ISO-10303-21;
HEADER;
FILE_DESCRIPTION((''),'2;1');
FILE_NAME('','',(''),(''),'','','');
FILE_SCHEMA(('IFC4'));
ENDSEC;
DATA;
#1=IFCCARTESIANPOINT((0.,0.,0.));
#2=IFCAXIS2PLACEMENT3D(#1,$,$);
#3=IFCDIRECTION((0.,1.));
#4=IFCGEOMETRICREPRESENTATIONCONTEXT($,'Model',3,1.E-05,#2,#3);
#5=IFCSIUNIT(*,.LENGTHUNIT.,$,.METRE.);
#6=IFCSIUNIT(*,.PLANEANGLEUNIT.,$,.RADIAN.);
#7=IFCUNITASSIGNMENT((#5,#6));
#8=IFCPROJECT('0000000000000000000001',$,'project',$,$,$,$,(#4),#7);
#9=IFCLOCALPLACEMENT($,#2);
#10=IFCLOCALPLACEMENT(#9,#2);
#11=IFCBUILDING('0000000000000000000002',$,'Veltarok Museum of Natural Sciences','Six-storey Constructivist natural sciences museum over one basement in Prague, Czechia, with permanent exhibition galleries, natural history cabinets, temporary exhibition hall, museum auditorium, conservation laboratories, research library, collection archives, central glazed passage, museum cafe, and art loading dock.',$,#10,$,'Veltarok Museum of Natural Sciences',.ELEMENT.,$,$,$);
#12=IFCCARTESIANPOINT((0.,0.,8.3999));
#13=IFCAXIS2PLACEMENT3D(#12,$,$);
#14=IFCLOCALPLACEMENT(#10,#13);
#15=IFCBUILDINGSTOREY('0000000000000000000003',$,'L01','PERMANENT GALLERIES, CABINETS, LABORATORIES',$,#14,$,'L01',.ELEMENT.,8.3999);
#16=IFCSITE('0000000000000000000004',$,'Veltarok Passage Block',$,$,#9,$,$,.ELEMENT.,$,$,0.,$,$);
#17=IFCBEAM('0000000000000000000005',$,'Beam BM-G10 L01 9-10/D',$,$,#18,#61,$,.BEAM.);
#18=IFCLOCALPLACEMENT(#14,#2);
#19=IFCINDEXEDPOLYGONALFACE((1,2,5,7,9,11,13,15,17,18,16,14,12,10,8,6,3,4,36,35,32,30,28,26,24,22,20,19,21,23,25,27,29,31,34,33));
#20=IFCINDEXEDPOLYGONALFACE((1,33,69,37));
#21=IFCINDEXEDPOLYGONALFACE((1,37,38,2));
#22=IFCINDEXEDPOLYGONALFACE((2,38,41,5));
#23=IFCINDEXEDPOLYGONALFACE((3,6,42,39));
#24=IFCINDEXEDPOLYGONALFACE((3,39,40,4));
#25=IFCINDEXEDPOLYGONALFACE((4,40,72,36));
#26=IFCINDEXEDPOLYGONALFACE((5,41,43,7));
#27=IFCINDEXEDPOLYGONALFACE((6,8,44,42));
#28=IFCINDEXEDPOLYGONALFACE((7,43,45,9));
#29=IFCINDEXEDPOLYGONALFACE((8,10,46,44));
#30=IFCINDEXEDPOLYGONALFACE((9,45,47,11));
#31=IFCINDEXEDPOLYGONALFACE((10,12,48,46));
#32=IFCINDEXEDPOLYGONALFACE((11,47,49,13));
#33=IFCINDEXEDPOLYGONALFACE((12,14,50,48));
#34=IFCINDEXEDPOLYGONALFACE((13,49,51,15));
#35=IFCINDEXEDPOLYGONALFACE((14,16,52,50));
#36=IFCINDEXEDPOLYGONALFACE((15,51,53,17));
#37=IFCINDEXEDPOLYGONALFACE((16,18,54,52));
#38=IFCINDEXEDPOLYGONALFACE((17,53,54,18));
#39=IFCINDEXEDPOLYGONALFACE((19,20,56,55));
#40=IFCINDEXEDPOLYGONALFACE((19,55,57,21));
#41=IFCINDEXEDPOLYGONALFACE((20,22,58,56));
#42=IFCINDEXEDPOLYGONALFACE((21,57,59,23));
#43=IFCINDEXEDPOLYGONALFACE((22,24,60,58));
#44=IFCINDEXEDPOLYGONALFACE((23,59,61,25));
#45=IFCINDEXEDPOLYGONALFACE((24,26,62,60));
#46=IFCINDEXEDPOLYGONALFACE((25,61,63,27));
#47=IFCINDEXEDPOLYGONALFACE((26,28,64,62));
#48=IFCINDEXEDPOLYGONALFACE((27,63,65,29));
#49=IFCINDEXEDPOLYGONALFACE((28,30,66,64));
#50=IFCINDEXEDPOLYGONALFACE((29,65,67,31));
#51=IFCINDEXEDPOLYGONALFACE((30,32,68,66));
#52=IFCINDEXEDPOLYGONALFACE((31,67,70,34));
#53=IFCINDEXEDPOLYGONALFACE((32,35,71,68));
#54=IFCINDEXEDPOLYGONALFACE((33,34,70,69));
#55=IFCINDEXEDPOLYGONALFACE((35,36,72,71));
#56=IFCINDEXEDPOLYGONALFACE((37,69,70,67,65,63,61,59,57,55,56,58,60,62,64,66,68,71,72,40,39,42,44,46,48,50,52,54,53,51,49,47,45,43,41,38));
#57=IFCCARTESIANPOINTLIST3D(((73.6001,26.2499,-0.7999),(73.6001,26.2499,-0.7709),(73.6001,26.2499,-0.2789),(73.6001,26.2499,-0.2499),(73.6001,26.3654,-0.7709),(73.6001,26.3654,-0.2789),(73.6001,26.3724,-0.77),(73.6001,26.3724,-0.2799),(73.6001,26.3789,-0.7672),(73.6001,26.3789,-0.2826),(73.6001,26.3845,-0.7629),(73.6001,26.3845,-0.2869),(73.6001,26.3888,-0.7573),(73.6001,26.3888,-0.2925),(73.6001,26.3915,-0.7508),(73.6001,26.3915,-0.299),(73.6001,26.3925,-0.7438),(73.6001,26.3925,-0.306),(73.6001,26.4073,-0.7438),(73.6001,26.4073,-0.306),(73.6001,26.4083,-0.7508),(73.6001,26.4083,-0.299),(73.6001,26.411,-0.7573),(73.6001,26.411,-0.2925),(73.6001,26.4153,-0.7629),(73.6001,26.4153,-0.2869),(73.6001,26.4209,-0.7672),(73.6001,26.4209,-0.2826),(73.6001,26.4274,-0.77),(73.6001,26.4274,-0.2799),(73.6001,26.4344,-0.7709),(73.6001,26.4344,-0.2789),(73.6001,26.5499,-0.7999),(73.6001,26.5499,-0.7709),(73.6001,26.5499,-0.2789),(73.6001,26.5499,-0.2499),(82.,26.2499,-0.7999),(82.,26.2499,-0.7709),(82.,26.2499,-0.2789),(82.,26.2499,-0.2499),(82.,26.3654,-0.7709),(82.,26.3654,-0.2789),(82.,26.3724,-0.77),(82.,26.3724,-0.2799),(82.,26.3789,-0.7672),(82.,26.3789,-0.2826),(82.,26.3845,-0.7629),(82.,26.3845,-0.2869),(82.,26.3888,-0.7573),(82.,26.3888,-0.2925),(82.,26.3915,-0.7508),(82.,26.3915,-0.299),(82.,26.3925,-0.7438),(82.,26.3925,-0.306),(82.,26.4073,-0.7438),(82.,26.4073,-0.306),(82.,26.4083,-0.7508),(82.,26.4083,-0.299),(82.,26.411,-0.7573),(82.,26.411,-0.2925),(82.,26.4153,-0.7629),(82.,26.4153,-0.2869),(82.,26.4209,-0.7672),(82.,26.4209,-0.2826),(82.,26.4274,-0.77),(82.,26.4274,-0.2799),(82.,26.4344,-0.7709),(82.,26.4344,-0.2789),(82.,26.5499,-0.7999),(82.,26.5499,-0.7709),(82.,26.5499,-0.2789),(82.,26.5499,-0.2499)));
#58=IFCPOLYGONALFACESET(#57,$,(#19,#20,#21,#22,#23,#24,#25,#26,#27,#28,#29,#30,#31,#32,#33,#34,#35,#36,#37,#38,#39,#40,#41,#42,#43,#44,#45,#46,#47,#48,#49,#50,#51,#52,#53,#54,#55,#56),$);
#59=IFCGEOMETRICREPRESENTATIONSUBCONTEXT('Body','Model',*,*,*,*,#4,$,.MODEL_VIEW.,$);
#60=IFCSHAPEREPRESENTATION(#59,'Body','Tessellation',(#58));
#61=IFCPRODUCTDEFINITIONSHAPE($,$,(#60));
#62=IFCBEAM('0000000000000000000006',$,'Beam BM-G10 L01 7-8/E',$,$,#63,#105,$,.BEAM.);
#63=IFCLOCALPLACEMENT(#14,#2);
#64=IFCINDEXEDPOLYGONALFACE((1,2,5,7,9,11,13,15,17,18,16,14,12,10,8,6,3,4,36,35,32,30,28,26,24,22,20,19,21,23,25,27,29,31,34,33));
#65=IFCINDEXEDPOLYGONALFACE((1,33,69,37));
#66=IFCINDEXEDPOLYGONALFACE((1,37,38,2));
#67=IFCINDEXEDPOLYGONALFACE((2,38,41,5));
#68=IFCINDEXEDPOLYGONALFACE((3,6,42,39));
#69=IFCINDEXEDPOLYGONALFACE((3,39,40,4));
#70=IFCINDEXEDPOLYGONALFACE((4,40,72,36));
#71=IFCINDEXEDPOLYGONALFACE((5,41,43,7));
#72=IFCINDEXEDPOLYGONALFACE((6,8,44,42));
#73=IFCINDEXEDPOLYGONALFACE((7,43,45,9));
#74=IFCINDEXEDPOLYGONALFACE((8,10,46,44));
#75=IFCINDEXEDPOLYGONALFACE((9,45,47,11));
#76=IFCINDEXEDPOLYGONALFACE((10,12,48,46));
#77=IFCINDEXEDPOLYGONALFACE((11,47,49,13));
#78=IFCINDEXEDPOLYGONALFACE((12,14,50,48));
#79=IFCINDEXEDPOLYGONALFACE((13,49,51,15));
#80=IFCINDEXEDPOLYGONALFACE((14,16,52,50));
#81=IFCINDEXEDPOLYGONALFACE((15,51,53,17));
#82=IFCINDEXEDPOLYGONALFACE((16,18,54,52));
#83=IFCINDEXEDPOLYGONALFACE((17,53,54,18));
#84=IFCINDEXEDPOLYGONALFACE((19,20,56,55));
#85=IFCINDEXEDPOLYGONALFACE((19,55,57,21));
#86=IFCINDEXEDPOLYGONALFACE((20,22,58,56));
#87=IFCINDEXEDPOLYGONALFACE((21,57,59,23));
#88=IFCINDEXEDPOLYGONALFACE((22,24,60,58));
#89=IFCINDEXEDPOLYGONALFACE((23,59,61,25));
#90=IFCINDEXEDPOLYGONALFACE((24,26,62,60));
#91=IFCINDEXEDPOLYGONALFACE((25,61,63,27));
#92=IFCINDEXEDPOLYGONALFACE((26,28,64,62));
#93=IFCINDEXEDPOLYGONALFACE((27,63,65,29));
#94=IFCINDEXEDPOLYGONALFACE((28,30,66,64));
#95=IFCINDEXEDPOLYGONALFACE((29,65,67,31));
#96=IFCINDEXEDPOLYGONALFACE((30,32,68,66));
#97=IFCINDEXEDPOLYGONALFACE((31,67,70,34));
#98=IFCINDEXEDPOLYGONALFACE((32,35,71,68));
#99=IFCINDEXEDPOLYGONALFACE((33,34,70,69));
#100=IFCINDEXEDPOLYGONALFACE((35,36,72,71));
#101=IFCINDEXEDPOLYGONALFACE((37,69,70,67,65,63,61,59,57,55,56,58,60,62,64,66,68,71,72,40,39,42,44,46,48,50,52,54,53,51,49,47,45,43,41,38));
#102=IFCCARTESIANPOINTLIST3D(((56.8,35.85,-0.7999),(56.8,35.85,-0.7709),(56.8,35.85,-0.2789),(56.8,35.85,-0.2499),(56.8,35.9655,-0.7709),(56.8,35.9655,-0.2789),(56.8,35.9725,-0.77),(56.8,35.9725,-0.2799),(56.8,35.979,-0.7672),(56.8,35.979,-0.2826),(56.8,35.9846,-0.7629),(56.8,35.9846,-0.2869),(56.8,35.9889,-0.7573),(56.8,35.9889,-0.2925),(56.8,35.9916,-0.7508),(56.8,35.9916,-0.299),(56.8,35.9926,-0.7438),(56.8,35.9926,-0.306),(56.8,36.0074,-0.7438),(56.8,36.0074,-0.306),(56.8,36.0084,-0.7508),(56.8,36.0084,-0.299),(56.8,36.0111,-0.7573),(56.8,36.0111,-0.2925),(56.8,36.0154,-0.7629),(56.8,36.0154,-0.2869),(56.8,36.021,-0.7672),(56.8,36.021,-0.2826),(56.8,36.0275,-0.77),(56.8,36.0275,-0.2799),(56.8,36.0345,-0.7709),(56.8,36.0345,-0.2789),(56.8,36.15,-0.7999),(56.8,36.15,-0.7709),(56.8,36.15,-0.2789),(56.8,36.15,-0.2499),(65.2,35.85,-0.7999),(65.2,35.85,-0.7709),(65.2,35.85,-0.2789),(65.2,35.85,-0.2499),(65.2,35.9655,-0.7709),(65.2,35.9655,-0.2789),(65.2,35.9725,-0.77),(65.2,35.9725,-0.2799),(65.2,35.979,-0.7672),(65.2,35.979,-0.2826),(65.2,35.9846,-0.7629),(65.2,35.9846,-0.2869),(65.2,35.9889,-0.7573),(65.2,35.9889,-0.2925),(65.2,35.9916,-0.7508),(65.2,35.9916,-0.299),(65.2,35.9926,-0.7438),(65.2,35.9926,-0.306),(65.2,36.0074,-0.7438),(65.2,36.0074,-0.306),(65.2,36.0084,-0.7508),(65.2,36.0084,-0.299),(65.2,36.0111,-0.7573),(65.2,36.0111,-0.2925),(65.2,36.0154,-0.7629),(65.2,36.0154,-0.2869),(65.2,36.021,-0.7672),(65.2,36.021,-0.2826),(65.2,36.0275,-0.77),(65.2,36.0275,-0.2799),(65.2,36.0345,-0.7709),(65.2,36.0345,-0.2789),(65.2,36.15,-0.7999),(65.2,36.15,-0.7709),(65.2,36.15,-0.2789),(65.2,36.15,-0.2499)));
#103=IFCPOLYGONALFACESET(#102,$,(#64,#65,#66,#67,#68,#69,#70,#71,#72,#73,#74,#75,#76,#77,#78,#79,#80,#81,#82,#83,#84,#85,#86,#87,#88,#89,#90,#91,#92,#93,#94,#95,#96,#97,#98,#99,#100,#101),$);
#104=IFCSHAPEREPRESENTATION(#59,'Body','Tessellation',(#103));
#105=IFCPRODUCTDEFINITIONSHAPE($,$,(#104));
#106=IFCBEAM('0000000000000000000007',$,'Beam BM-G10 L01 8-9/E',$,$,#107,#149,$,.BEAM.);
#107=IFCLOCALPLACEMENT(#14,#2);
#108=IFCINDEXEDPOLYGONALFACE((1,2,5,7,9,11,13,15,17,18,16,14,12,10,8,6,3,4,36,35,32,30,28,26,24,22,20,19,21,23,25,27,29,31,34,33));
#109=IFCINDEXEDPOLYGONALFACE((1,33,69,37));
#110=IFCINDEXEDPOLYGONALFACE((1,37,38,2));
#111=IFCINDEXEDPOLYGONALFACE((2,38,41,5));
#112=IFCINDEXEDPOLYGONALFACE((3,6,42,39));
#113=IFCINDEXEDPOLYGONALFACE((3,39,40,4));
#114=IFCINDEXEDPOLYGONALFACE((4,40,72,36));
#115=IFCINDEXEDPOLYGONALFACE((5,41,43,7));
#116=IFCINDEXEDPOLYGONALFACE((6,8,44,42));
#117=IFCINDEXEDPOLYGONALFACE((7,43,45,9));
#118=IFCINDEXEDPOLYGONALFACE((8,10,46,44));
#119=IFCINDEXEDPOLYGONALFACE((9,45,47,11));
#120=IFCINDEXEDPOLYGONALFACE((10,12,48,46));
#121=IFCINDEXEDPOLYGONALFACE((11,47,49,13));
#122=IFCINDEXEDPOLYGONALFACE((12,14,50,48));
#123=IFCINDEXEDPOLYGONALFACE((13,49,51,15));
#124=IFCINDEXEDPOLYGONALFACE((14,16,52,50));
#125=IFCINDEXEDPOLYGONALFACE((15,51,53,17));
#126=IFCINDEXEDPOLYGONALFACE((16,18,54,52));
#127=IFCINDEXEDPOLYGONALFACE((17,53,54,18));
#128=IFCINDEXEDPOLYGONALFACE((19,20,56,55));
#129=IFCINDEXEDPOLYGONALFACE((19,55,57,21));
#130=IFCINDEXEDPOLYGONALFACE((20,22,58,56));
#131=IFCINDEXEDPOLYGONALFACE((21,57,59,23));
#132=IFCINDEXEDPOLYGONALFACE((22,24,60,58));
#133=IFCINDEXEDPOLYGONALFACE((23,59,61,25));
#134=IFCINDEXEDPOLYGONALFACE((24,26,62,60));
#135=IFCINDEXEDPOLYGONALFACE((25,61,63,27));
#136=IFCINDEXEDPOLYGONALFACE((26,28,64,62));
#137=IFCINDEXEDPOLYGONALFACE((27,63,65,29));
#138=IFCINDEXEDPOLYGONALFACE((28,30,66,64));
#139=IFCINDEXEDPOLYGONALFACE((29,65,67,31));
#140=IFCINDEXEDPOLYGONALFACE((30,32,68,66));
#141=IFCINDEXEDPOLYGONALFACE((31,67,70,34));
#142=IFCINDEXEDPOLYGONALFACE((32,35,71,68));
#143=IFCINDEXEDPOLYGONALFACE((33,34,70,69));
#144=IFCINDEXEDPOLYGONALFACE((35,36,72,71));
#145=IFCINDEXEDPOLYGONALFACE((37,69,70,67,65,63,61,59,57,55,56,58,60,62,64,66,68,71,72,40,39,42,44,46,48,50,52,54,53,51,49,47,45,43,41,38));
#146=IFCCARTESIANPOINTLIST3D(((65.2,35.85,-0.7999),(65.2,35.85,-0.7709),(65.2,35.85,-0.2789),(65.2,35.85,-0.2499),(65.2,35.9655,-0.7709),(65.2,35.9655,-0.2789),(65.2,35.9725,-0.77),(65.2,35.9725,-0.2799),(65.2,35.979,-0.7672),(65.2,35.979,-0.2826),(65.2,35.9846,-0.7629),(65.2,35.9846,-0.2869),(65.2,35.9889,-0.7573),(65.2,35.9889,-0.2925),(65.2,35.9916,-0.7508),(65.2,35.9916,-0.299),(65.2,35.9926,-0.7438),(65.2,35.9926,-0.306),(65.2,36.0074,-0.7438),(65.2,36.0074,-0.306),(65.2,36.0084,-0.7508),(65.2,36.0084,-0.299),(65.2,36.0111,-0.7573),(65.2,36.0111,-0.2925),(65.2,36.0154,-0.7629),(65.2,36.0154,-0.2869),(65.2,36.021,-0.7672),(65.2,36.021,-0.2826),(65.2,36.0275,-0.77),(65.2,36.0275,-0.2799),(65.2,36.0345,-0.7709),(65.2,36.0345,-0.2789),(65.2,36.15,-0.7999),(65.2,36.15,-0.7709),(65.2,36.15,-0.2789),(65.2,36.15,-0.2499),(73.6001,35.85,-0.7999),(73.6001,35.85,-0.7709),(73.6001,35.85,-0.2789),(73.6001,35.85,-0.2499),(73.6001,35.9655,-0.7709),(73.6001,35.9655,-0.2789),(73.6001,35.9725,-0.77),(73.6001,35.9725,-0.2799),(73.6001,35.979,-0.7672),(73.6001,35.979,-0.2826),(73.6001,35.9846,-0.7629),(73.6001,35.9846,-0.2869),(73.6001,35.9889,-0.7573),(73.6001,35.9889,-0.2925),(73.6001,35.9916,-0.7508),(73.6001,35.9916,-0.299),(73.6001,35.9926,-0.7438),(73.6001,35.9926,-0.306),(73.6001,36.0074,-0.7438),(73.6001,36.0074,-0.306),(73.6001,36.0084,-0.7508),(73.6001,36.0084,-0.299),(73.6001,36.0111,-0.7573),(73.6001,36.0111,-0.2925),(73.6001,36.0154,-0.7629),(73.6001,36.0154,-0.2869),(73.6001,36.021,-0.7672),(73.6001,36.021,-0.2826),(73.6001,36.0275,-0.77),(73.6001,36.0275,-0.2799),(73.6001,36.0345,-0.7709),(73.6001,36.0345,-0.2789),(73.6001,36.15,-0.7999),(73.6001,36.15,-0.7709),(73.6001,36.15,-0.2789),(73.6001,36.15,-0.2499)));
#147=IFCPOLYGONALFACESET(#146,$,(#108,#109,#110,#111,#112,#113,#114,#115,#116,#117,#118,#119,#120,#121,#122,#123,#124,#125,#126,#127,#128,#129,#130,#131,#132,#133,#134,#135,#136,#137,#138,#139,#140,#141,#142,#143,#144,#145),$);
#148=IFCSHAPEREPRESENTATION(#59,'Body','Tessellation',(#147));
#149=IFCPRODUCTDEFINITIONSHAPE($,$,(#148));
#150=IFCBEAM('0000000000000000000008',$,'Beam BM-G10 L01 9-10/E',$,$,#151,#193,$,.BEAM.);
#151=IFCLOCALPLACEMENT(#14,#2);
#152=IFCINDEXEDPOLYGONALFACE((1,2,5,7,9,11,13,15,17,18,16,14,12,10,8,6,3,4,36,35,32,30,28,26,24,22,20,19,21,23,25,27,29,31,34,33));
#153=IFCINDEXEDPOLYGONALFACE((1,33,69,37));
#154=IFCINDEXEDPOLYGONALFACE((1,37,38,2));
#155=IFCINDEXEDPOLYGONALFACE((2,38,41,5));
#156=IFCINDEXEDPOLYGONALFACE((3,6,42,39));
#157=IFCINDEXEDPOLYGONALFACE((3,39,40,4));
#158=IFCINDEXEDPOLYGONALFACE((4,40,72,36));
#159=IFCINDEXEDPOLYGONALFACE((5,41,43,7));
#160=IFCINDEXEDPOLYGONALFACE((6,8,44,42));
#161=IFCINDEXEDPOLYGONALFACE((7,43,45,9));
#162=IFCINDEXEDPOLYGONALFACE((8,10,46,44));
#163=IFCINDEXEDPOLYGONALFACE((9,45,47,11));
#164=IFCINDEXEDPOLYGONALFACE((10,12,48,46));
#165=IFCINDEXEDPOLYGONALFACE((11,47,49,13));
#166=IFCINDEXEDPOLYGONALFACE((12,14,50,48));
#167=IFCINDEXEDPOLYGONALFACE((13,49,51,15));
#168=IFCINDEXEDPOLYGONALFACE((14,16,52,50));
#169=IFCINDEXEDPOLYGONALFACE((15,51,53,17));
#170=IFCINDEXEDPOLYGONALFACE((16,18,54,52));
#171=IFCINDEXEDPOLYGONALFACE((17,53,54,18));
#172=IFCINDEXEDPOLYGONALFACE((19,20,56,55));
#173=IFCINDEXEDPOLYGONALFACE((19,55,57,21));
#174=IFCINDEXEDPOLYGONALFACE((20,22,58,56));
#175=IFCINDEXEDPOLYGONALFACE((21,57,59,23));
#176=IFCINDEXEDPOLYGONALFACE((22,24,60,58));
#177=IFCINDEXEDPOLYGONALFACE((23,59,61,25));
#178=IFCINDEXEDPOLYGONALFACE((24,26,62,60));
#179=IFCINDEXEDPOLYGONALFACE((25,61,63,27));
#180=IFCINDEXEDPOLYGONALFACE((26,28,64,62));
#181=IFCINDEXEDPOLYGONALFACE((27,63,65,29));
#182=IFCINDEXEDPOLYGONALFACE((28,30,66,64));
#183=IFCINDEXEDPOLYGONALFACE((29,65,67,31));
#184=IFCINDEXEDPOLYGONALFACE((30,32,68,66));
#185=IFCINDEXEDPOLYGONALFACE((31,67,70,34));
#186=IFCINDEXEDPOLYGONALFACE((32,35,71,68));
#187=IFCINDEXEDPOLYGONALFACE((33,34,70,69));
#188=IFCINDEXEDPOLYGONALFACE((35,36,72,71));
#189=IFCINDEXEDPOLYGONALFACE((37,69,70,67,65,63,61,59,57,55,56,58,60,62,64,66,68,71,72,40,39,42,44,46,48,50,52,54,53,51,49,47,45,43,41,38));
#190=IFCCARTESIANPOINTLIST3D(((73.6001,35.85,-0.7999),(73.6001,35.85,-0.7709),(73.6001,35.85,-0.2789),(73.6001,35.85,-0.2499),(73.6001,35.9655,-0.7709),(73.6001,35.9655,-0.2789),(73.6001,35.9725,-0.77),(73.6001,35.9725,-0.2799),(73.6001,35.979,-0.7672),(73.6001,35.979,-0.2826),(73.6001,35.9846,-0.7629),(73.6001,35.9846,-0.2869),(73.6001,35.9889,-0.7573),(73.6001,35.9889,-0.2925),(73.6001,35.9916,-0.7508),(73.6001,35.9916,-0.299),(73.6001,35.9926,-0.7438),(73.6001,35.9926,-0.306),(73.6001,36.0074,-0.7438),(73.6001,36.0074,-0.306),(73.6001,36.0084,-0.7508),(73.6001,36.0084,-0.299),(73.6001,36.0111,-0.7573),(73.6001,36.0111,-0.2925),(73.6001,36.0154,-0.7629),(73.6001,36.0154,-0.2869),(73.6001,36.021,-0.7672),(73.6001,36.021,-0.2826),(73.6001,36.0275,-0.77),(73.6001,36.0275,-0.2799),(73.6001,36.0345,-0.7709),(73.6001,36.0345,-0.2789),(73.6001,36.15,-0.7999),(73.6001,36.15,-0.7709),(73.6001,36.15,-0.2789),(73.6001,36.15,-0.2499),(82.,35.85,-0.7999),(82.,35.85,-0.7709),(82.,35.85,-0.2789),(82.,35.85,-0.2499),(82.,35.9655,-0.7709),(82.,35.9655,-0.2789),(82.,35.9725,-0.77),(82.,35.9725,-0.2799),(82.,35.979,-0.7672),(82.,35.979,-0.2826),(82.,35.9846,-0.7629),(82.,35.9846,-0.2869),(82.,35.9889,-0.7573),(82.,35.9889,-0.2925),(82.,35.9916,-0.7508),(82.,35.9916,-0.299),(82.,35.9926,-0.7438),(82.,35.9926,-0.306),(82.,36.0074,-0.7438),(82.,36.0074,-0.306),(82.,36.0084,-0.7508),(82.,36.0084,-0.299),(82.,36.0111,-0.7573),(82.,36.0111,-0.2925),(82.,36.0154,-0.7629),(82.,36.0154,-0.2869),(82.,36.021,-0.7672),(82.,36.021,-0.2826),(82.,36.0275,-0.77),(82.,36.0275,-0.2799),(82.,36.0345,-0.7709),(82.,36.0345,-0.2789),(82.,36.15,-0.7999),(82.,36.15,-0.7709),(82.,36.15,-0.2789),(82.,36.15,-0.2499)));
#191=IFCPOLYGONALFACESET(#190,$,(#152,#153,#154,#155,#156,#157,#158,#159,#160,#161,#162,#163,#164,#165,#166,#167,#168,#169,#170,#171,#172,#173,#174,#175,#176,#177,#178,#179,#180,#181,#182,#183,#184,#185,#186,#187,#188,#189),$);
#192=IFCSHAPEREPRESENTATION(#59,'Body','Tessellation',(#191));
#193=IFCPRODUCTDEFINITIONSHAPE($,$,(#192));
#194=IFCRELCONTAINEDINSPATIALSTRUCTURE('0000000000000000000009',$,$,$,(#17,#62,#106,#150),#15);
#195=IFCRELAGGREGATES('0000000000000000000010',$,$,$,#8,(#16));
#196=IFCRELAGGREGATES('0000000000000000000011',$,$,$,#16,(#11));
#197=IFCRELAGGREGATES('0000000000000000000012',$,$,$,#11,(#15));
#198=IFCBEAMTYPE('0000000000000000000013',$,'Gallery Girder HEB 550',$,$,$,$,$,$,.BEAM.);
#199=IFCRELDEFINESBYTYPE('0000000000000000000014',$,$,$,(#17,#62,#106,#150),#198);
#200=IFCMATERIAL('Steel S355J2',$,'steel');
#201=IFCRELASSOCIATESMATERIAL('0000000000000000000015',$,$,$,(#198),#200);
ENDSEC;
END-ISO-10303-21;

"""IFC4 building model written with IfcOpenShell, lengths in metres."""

from ifc_helpers import new_model, si_unit, direction, frame, origin, origin_2d, place, context, subcontext, project, spatial, i_section, extrude, material, material_profile, profile_set, type_object, element, save


model = new_model("IFC4")

# Units and contexts
model_context = context("Model", 3, precision=1e-05, world=origin(), true_north=direction((0.0, 1.0)))
body_context = subcontext(model_context, "Body", "Model", "MODEL_VIEW")
ifc_project = project(units=[si_unit("LENGTHUNIT", "METRE"), si_unit("PLANEANGLEUNIT", "RADIAN")], contexts=[model_context])

# Site, building, storey
site_placement = place(None, origin())
site = spatial("IfcSite", under=ifc_project, at=site_placement, Name="Veltarok Passage Block", CompositionType="ELEMENT", RefElevation=0.0)
building_placement = place(site_placement, origin())
building = spatial("IfcBuilding", under=site, at=building_placement, Name="Veltarok Museum of Natural Sciences", Description="Six-storey Constructivist natural sciences museum over one basement in Prague, Czechia, with permanent exhibition galleries, natural history cabinets, temporary exhibition hall, museum auditorium, conservation laboratories, research library, collection archives, central glazed passage, museum cafe, and art loading dock.", LongName="Veltarok Museum of Natural Sciences", CompositionType="ELEMENT")
storey_placement = place(building_placement, frame((0.0, 0.0, 8.3999)))
storey = spatial("IfcBuildingStorey", under=building, at=storey_placement, Name="L01", Description="PERMANENT GALLERIES, CABINETS, LABORATORIES", LongName="L01", CompositionType="ELEMENT", Elevation=8.3999)

# Shared definitions
ifc_material = material(Name="Steel S355J2", Category="steel")

# Beams
ifc_material_profile_1 = material_profile(ifc_material, i_section(OverallWidth=0.3, OverallDepth=0.55, WebThickness=0.0149, FlangeThickness=0.0291, FilletRadius=0.0271, at=origin_2d()), Name="HEB 550")
ifc_profile_set_1 = profile_set([ifc_material_profile_1], Name="Steel S355J2")
beam_type_1 = type_object("IfcBeamType", Name="Gallery Girder HEB 550", PredefinedType="BEAM", material=ifc_profile_set_1)
for number, where, z_axis, x_axis, name in (
    (1, (73.6001, 26.3999, -0.5249), (1.0, 0.0, 0.0), (0.0, 1.0, 0.0), "Beam BM-G10 L01 9-10/D"),
    (2, (56.8, 36.0, -0.5249), (1.0, 0.0, 0.0), (0.0, 1.0, 0.0), "Beam BM-G10 L01 7-8/E"),
):
    element("IfcBeam", number, at=place(storey_placement, frame(where, z_axis=z_axis, x_axis=x_axis)), inside=storey, type_object=beam_type_1, Name=name, PredefinedType="BEAM", context=body_context, shape_type="SweptSolid", body=[
        extrude(i_section(OverallWidth=0.3, OverallDepth=0.55, WebThickness=0.0149, FlangeThickness=0.0291, FilletRadius=0.0271, at=origin_2d()), origin(), (0.0, 0.0, 1.0), 8.3999),
    ])
beam_1_placement = place(storey_placement, frame((65.2, 36.0, -0.5249), z_axis=(1.0, 0.0, 0.0), x_axis=(0.0, 1.0, 0.0)))
element("IfcBeam", 3, at=beam_1_placement, inside=storey, type_object=beam_type_1, Name="Beam BM-G10 L01 8-9/E", PredefinedType="BEAM", context=body_context, shape_type="SweptSolid", body=[
    extrude(i_section(OverallWidth=0.3, OverallDepth=0.55, WebThickness=0.0149, FlangeThickness=0.0291, FilletRadius=0.0271, at=origin_2d()), origin(), (0.0, 0.0, 1.0), 8.4001),
])
beam_2_placement = place(storey_placement, frame((73.6001, 36.0, -0.5249), z_axis=(1.0, 0.0, 0.0), x_axis=(0.0, 1.0, 0.0)))
element("IfcBeam", 4, at=beam_2_placement, inside=storey, type_object=beam_type_1, Name="Beam BM-G10 L01 9-10/E", PredefinedType="BEAM", context=body_context, shape_type="SweptSolid", body=[
    extrude(i_section(OverallWidth=0.3, OverallDepth=0.55, WebThickness=0.0149, FlangeThickness=0.0291, FilletRadius=0.0271, at=origin_2d()), origin(), (0.0, 0.0, 1.0), 8.3999),
])

save(model, "model.ifc")
